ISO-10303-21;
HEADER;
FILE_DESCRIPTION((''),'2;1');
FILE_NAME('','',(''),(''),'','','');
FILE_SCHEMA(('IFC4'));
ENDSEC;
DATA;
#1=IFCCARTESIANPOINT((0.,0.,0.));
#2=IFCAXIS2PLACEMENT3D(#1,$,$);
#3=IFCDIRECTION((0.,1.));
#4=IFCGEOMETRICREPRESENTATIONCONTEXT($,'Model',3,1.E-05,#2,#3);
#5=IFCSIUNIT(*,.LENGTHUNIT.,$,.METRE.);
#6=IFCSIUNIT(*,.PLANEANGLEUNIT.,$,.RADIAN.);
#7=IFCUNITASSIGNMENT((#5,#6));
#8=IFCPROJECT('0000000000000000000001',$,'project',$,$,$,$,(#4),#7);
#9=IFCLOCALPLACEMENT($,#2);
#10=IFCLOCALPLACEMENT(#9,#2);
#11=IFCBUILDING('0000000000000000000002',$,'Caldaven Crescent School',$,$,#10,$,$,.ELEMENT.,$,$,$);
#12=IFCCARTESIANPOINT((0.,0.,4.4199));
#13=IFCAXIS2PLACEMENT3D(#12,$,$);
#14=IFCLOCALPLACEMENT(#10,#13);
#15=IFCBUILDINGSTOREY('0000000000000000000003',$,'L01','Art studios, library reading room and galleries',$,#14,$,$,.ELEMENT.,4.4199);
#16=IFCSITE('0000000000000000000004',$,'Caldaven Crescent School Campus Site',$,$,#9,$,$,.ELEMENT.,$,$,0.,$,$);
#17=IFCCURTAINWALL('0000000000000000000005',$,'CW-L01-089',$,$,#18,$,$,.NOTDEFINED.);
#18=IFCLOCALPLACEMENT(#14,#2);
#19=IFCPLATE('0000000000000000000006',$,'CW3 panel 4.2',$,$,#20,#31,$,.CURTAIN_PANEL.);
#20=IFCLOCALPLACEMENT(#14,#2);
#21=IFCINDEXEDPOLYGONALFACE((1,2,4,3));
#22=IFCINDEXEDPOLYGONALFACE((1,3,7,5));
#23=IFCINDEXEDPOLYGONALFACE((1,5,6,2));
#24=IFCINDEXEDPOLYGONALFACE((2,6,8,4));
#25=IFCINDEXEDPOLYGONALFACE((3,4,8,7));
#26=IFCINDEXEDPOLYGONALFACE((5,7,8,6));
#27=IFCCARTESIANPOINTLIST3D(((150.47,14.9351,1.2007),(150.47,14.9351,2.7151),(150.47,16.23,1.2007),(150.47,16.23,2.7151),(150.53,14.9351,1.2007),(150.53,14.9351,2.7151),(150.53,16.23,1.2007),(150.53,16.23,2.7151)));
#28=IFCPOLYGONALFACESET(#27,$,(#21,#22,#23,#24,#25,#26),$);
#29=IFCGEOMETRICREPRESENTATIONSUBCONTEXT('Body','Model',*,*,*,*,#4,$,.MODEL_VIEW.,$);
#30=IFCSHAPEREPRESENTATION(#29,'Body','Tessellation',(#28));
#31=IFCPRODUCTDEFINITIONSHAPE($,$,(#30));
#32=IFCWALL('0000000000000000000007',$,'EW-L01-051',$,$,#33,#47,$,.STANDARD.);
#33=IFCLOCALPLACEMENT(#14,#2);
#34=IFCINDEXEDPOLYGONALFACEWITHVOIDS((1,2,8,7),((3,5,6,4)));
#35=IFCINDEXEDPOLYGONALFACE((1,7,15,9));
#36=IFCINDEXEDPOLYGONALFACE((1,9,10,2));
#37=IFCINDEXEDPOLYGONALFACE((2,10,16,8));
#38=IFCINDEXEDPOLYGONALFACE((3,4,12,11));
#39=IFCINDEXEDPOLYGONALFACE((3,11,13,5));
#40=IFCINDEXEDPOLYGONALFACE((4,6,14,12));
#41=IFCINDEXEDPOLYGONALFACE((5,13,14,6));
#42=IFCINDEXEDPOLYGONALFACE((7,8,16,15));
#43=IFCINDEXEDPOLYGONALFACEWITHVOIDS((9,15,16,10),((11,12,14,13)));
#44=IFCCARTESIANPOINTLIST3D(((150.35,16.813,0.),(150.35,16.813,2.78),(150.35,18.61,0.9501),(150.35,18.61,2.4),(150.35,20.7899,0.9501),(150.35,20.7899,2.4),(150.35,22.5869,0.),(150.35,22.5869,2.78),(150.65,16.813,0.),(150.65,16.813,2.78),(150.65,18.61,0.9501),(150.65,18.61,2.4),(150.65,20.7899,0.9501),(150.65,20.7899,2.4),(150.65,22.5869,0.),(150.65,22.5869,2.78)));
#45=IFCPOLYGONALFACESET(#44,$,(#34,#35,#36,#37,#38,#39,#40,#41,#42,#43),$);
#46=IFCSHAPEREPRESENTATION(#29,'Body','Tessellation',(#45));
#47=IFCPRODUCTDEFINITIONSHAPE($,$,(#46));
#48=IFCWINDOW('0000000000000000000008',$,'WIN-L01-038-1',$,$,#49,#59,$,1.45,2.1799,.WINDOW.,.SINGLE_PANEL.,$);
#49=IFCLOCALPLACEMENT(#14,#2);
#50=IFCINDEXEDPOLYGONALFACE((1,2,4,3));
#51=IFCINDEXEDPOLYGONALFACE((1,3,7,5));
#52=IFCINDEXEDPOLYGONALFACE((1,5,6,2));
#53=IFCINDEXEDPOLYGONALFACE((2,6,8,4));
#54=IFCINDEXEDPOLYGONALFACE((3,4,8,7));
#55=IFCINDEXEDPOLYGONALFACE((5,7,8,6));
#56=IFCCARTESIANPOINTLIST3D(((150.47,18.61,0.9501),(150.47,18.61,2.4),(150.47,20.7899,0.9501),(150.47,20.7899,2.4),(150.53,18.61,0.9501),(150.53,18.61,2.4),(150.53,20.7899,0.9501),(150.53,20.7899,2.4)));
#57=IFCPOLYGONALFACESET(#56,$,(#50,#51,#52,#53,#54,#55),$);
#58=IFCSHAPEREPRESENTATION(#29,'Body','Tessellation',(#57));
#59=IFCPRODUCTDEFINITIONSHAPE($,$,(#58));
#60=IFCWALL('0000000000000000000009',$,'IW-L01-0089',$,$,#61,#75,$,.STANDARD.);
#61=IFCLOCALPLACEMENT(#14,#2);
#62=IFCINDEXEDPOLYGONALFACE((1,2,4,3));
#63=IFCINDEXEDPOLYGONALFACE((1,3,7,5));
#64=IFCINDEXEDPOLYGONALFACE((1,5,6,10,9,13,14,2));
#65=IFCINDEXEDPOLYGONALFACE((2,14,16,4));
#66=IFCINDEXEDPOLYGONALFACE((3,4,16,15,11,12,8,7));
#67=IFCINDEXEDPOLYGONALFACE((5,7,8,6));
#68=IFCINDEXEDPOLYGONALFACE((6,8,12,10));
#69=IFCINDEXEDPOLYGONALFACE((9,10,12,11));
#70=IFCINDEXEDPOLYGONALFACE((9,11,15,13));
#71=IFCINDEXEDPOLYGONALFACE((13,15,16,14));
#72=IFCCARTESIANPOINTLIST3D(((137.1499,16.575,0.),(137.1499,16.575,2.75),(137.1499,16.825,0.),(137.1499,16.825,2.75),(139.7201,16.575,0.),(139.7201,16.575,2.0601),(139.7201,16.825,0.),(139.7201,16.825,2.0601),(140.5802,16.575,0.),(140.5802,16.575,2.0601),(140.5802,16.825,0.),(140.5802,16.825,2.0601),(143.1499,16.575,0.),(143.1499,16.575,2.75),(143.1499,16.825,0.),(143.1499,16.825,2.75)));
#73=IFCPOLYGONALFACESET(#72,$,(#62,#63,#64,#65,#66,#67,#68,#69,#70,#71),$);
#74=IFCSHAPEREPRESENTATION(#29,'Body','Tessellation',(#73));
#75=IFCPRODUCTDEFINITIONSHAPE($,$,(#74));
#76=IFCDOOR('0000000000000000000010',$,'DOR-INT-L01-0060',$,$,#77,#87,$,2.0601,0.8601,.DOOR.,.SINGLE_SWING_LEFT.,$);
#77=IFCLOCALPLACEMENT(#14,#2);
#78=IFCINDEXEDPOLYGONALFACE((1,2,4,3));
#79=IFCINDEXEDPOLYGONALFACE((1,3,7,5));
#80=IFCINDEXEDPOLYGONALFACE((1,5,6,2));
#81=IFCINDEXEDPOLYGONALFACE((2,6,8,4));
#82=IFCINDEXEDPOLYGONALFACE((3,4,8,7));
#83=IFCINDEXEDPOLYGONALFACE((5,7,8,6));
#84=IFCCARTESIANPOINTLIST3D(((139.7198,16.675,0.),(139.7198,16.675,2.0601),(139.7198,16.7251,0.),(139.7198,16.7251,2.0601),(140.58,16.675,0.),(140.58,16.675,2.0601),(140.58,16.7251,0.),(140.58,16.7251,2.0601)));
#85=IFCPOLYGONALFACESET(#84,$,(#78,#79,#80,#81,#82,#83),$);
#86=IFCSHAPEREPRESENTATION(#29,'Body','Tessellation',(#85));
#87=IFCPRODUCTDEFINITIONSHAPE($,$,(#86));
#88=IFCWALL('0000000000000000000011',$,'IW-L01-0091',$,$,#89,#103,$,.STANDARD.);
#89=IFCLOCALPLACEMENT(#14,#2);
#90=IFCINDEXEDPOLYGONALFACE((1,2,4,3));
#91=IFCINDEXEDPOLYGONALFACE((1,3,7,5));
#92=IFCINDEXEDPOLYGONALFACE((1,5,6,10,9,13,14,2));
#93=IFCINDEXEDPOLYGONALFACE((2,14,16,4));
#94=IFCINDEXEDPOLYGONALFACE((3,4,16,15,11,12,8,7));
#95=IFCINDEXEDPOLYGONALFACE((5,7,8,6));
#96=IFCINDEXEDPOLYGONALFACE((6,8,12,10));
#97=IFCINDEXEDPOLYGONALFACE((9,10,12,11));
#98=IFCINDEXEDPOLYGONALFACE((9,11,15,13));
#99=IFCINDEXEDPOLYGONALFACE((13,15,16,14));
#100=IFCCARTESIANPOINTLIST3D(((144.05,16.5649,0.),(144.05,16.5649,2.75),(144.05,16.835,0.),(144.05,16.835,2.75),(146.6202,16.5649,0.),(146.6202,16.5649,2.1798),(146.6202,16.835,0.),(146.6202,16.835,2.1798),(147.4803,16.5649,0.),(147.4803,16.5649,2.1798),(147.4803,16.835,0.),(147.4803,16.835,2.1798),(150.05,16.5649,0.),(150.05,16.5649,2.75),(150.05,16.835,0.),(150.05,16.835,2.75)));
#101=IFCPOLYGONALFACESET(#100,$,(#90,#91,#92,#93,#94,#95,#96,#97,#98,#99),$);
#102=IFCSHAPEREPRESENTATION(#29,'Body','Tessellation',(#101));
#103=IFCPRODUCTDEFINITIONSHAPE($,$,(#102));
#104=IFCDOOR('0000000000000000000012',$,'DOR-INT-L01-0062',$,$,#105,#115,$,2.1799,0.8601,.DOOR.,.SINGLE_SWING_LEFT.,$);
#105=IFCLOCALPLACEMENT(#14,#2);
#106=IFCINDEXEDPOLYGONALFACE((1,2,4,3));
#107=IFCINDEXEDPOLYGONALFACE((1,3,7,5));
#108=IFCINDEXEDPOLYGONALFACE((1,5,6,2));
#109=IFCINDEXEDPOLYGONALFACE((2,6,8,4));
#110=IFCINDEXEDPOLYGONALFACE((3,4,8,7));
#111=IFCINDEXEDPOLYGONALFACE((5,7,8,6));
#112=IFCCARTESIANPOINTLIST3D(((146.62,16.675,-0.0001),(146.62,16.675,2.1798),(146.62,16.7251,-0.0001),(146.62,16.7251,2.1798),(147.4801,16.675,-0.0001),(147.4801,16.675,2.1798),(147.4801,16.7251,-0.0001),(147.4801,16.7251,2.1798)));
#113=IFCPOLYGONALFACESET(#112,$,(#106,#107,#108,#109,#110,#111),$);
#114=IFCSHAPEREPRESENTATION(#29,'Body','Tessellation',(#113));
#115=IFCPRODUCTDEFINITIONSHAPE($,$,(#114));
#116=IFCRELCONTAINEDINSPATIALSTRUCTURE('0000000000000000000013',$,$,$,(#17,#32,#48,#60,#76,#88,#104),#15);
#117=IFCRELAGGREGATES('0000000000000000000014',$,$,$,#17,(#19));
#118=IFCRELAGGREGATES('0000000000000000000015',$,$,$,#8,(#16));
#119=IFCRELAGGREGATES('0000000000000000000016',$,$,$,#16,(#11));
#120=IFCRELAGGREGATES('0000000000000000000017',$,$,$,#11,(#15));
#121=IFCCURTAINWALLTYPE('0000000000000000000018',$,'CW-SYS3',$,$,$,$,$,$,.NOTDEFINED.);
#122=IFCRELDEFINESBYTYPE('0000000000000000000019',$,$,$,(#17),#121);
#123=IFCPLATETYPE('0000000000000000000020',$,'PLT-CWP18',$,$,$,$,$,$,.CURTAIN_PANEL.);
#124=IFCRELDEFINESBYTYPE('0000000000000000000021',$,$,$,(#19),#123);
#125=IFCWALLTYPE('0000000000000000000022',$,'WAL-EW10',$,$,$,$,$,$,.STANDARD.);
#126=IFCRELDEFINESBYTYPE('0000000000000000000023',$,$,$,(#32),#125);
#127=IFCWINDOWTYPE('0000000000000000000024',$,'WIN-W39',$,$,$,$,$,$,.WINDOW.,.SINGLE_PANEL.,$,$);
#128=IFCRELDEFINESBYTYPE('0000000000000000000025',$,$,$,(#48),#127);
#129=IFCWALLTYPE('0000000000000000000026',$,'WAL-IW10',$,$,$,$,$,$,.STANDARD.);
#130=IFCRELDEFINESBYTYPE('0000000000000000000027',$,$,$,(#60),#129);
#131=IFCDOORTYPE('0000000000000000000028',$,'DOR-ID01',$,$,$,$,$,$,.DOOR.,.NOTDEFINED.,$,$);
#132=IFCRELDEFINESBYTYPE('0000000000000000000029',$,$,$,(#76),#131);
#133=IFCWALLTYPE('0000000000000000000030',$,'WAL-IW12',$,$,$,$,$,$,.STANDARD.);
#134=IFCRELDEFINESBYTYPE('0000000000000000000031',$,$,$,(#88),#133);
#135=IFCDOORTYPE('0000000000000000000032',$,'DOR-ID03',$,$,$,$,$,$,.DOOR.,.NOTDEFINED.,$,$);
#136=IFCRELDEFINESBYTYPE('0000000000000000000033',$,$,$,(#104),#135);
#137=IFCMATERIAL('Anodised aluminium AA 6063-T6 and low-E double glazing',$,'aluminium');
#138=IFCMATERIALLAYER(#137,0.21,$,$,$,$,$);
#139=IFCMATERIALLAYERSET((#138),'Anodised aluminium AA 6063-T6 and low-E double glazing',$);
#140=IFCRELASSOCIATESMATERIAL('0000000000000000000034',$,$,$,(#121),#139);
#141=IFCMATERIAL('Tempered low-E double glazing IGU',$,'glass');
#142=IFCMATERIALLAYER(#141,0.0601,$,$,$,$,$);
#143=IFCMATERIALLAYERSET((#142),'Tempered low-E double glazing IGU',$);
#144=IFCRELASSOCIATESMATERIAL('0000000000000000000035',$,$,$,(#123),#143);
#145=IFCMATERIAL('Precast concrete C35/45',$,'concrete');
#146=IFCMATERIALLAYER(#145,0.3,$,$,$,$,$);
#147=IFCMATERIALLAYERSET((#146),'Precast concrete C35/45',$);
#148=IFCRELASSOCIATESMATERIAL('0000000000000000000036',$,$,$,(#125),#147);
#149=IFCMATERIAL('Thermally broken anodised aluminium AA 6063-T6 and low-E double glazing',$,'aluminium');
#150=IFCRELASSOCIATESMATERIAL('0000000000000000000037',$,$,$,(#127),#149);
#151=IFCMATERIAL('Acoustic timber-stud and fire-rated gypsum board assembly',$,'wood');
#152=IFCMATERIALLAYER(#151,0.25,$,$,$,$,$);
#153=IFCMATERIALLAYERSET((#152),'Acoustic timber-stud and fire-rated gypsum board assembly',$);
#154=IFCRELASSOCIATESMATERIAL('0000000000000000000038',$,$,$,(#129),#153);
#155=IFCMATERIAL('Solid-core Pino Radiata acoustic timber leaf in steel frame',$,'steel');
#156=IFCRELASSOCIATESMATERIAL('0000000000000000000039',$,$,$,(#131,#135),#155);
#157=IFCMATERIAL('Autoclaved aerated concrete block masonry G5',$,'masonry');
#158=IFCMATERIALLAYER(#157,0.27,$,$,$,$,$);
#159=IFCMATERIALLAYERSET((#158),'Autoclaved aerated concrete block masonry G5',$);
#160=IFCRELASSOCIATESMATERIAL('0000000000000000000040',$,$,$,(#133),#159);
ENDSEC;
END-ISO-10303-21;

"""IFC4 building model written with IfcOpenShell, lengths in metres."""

from ifc_helpers import new_model, si_unit, direction, frame, frame_2d, origin, origin_2d, place, context, subcontext, project, spatial, rectangle, extrude, material, layer, layer_set, type_object, element, fill, aggregate, save


model = new_model("IFC4")

# Units and contexts
model_context = context("Model", 3, precision=1e-05, world=origin(), true_north=direction((0.0, 1.0)))
body_context = subcontext(model_context, "Body", "Model", "MODEL_VIEW")
ifc_project = project(units=[si_unit("LENGTHUNIT", "METRE"), si_unit("PLANEANGLEUNIT", "RADIAN")], contexts=[model_context])

# Site, building, storey
site_placement = place(None, origin())
site = spatial("IfcSite", under=ifc_project, at=site_placement, Name="Caldaven Crescent School Campus Site", CompositionType="ELEMENT", RefElevation=0.0)
building_placement = place(site_placement, origin())
building = spatial("IfcBuilding", under=site, at=building_placement, Name="Caldaven Crescent School", CompositionType="ELEMENT")
storey_placement = place(building_placement, frame((0.0, 0.0, 4.4199)))
storey = spatial("IfcBuildingStorey", under=building, at=storey_placement, Name="L01", Description="Art studios, library reading room and galleries", CompositionType="ELEMENT", Elevation=4.4199)

# Curtain wall
ifc_material_1 = material(Name="Anodised aluminium AA 6063-T6 and low-E double glazing", Category="aluminium")
ifc_layer_1 = layer(ifc_material_1, 0.21)
ifc_layer_set_1 = layer_set([ifc_layer_1], Name="Anodised aluminium AA 6063-T6 and low-E double glazing")
curtain_wall_type = type_object("IfcCurtainWallType", Name="CW-SYS3", PredefinedType="NOTDEFINED", material=ifc_layer_set_1)
curtain_wall_placement = place(storey_placement, origin())
curtain_wall = element("IfcCurtainWall", 1, at=curtain_wall_placement, inside=storey, type_object=curtain_wall_type, Name="CW-L01-089", PredefinedType="NOTDEFINED")

# Plate
ifc_material_2 = material(Name="Tempered low-E double glazing IGU", Category="glass")
ifc_layer_2 = layer(ifc_material_2, 0.0601)
ifc_layer_set_2 = layer_set([ifc_layer_2], Name="Tempered low-E double glazing IGU")
plate_type = type_object("IfcPlateType", Name="PLT-CWP18", PredefinedType="CURTAIN_PANEL", material=ifc_layer_set_2)
plate_1_placement = place(storey_placement, frame((150.5, 15.5825, 1.2007), z_axis=(0.0, 0.0, 1.0), x_axis=(0.0, 1.0, 0.0)))
plate_1 = element("IfcPlate", 2, at=plate_1_placement, type_object=plate_type, Name="CW3 panel 4.2", PredefinedType="CURTAIN_PANEL", context=body_context, shape_type="SweptSolid", body=[
    extrude(rectangle(XDim=1.2949, YDim=0.0601, at=origin_2d()), origin(), (0.0, 0.0, 1.0), 1.5144),
])
aggregate(curtain_wall, [plate_1])

# Wall, opening, window
ifc_material_3 = material(Name="Precast concrete C35/45", Category="concrete")
ifc_layer_3 = layer(ifc_material_3, 0.3)
ifc_layer_set_3 = layer_set([ifc_layer_3], Name="Precast concrete C35/45")
wall_type_1 = type_object("IfcWallType", Name="WAL-EW10", PredefinedType="STANDARD", material=ifc_layer_set_3)
wall_1_placement = place(storey_placement, frame((150.5, 16.813, 0.0), z_axis=(0.0, 0.0, 1.0), x_axis=(0.0, 1.0, 0.0)))
wall_1 = element("IfcWall", 3, at=wall_1_placement, inside=storey, type_object=wall_type_1, Name="EW-L01-051", PredefinedType="STANDARD", context=body_context, shape_type="SweptSolid", body=[
    extrude(rectangle(XDim=5.7739, YDim=0.3, at=frame_2d((2.887, 0.0))), origin(), (0.0, 0.0, 1.0), 2.78),
])
opening_1_placement = place(wall_1_placement, frame((1.7971, 0.0, 0.95)))
opening_1 = element("IfcOpeningElement", 4, at=opening_1_placement, cuts=wall_1, PredefinedType="OPENING", context=body_context, shape_type="SweptSolid", body=[
    extrude(rectangle(XDim=2.1799, YDim=1.45, at=frame_2d((1.0898, 0.7251))), frame((0.0, 0.1599, 0.0), z_axis=(0.0, -1.0, 0.0), x_axis=(1.0, 0.0, 0.0)), (0.0, 0.0, 1.0), 0.3201),
])
ifc_material_4 = material(Name="Thermally broken anodised aluminium AA 6063-T6 and low-E double glazing", Category="aluminium")
window_type = type_object("IfcWindowType", Name="WIN-W39", PartitioningType="SINGLE_PANEL", PredefinedType="WINDOW", material=ifc_material_4)
window_placement = place(opening_1_placement, origin())
window = element("IfcWindow", 5, at=window_placement, inside=storey, type_object=window_type, Name="WIN-L01-038-1", OverallHeight=1.45, OverallWidth=2.1799, PartitioningType="SINGLE_PANEL", PredefinedType="WINDOW", context=body_context, shape_type="SweptSolid", body=[
    extrude(rectangle(XDim=2.1799, YDim=1.45, at=frame_2d((1.0898, 0.7251))), frame((0.0, 0.03, 0.0), z_axis=(0.0, -1.0, 0.0), x_axis=(1.0, 0.0, 0.0)), (0.0, 0.0, 1.0), 0.0601),
])
fill(opening_1, window)

# Walls, openings, doors
ifc_material_5 = material(Name="Acoustic timber-stud and fire-rated gypsum board assembly", Category="wood")
ifc_layer_4 = layer(ifc_material_5, 0.25)
ifc_layer_set_4 = layer_set([ifc_layer_4], Name="Acoustic timber-stud and fire-rated gypsum board assembly")
wall_type_2 = type_object("IfcWallType", Name="WAL-IW10", PredefinedType="STANDARD", material=ifc_layer_set_4)
wall_2_placement = place(storey_placement, frame((137.1499, 16.7, 0.0), z_axis=(0.0, 0.0, 1.0), x_axis=(1.0, 0.0, 0.0)))
wall_2 = element("IfcWall", 6, at=wall_2_placement, inside=storey, type_object=wall_type_2, Name="IW-L01-0089", PredefinedType="STANDARD", context=body_context, shape_type="SweptSolid", body=[
    extrude(rectangle(XDim=6.0, YDim=0.25, at=frame_2d((3.0, 0.0))), origin(), (0.0, 0.0, 1.0), 2.75),
])
opening_2_placement = place(wall_2_placement, frame((2.5701, 0.0, 0.0)))
opening_2 = element("IfcOpeningElement", 7, at=opening_2_placement, cuts=wall_2, PredefinedType="OPENING", context=body_context, shape_type="SweptSolid", body=[
    extrude(rectangle(XDim=0.8601, YDim=2.0601, at=frame_2d((0.4302, 1.03))), frame((0.0, 0.135, 0.0), z_axis=(0.0, -1.0, 0.0), x_axis=(1.0, 0.0, 0.0)), (0.0, 0.0, 1.0), 0.27),
])
ifc_material_6 = material(Name="Solid-core Pino Radiata acoustic timber leaf in steel frame", Category="steel")
door_type_1 = type_object("IfcDoorType", Name="DOR-ID01", OperationType="NOTDEFINED", PredefinedType="DOOR", material=ifc_material_6)
door_1_placement = place(opening_2_placement, frame((0.8601, 0.0, 0.0), z_axis=(0.0, 0.0, 1.0), x_axis=(-1.0, 0.0, 0.0)))
door_1 = element("IfcDoor", 8, at=door_1_placement, inside=storey, type_object=door_type_1, Name="DOR-INT-L01-0060", OperationType="SINGLE_SWING_LEFT", OverallHeight=2.0601, OverallWidth=0.8601, PredefinedType="DOOR", context=body_context, shape_type="SweptSolid", body=[
    extrude(rectangle(XDim=0.8601, YDim=2.0601, at=frame_2d((0.4302, 1.03))), frame((0.0, 0.0249, 0.0), z_axis=(0.0, -1.0, 0.0), x_axis=(1.0, 0.0, 0.0)), (0.0, 0.0, 1.0), 0.05),
])
fill(opening_2, door_1)
ifc_material_7 = material(Name="Autoclaved aerated concrete block masonry G5", Category="masonry")
ifc_layer_5 = layer(ifc_material_7, 0.27)
ifc_layer_set_5 = layer_set([ifc_layer_5], Name="Autoclaved aerated concrete block masonry G5")
wall_type_3 = type_object("IfcWallType", Name="WAL-IW12", PredefinedType="STANDARD", material=ifc_layer_set_5)
wall_3_placement = place(storey_placement, frame((144.05, 16.7, 0.0), z_axis=(0.0, 0.0, 1.0), x_axis=(1.0, 0.0, 0.0)))
wall_3 = element("IfcWall", 9, at=wall_3_placement, inside=storey, type_object=wall_type_3, Name="IW-L01-0091", PredefinedType="STANDARD", context=body_context, shape_type="SweptSolid", body=[
    extrude(rectangle(XDim=6.0, YDim=0.27, at=frame_2d((3.0, 0.0))), origin(), (0.0, 0.0, 1.0), 2.75),
])
opening_3_placement = place(wall_3_placement, frame((2.5701, 0.0, 0.0)))
opening_3 = element("IfcOpeningElement", 10, at=opening_3_placement, cuts=wall_3, PredefinedType="OPENING", context=body_context, shape_type="SweptSolid", body=[
    extrude(rectangle(XDim=0.8601, YDim=2.1799, at=frame_2d((0.4302, 1.0898))), frame((0.0, 0.145, 0.0), z_axis=(0.0, -1.0, 0.0), x_axis=(1.0, 0.0, 0.0)), (0.0, 0.0, 1.0), 0.29),
])
door_type_2 = type_object("IfcDoorType", Name="DOR-ID03", OperationType="NOTDEFINED", PredefinedType="DOOR", material=ifc_material_6)
door_2_placement = place(opening_3_placement, frame((0.8601, 0.0, 0.0), z_axis=(0.0, 0.0, 1.0), x_axis=(-1.0, 0.0, 0.0)))
door_2 = element("IfcDoor", 11, at=door_2_placement, inside=storey, type_object=door_type_2, Name="DOR-INT-L01-0062", OperationType="SINGLE_SWING_LEFT", OverallHeight=2.1799, OverallWidth=0.8601, PredefinedType="DOOR", context=body_context, shape_type="SweptSolid", body=[
    extrude(rectangle(XDim=0.8601, YDim=2.1799, at=frame_2d((0.4302, 1.0898))), frame((0.0, 0.0249, 0.0), z_axis=(0.0, -1.0, 0.0), x_axis=(1.0, 0.0, 0.0)), (0.0, 0.0, 1.0), 0.05),
])
fill(opening_3, door_2)

save(model, "model.ifc")
